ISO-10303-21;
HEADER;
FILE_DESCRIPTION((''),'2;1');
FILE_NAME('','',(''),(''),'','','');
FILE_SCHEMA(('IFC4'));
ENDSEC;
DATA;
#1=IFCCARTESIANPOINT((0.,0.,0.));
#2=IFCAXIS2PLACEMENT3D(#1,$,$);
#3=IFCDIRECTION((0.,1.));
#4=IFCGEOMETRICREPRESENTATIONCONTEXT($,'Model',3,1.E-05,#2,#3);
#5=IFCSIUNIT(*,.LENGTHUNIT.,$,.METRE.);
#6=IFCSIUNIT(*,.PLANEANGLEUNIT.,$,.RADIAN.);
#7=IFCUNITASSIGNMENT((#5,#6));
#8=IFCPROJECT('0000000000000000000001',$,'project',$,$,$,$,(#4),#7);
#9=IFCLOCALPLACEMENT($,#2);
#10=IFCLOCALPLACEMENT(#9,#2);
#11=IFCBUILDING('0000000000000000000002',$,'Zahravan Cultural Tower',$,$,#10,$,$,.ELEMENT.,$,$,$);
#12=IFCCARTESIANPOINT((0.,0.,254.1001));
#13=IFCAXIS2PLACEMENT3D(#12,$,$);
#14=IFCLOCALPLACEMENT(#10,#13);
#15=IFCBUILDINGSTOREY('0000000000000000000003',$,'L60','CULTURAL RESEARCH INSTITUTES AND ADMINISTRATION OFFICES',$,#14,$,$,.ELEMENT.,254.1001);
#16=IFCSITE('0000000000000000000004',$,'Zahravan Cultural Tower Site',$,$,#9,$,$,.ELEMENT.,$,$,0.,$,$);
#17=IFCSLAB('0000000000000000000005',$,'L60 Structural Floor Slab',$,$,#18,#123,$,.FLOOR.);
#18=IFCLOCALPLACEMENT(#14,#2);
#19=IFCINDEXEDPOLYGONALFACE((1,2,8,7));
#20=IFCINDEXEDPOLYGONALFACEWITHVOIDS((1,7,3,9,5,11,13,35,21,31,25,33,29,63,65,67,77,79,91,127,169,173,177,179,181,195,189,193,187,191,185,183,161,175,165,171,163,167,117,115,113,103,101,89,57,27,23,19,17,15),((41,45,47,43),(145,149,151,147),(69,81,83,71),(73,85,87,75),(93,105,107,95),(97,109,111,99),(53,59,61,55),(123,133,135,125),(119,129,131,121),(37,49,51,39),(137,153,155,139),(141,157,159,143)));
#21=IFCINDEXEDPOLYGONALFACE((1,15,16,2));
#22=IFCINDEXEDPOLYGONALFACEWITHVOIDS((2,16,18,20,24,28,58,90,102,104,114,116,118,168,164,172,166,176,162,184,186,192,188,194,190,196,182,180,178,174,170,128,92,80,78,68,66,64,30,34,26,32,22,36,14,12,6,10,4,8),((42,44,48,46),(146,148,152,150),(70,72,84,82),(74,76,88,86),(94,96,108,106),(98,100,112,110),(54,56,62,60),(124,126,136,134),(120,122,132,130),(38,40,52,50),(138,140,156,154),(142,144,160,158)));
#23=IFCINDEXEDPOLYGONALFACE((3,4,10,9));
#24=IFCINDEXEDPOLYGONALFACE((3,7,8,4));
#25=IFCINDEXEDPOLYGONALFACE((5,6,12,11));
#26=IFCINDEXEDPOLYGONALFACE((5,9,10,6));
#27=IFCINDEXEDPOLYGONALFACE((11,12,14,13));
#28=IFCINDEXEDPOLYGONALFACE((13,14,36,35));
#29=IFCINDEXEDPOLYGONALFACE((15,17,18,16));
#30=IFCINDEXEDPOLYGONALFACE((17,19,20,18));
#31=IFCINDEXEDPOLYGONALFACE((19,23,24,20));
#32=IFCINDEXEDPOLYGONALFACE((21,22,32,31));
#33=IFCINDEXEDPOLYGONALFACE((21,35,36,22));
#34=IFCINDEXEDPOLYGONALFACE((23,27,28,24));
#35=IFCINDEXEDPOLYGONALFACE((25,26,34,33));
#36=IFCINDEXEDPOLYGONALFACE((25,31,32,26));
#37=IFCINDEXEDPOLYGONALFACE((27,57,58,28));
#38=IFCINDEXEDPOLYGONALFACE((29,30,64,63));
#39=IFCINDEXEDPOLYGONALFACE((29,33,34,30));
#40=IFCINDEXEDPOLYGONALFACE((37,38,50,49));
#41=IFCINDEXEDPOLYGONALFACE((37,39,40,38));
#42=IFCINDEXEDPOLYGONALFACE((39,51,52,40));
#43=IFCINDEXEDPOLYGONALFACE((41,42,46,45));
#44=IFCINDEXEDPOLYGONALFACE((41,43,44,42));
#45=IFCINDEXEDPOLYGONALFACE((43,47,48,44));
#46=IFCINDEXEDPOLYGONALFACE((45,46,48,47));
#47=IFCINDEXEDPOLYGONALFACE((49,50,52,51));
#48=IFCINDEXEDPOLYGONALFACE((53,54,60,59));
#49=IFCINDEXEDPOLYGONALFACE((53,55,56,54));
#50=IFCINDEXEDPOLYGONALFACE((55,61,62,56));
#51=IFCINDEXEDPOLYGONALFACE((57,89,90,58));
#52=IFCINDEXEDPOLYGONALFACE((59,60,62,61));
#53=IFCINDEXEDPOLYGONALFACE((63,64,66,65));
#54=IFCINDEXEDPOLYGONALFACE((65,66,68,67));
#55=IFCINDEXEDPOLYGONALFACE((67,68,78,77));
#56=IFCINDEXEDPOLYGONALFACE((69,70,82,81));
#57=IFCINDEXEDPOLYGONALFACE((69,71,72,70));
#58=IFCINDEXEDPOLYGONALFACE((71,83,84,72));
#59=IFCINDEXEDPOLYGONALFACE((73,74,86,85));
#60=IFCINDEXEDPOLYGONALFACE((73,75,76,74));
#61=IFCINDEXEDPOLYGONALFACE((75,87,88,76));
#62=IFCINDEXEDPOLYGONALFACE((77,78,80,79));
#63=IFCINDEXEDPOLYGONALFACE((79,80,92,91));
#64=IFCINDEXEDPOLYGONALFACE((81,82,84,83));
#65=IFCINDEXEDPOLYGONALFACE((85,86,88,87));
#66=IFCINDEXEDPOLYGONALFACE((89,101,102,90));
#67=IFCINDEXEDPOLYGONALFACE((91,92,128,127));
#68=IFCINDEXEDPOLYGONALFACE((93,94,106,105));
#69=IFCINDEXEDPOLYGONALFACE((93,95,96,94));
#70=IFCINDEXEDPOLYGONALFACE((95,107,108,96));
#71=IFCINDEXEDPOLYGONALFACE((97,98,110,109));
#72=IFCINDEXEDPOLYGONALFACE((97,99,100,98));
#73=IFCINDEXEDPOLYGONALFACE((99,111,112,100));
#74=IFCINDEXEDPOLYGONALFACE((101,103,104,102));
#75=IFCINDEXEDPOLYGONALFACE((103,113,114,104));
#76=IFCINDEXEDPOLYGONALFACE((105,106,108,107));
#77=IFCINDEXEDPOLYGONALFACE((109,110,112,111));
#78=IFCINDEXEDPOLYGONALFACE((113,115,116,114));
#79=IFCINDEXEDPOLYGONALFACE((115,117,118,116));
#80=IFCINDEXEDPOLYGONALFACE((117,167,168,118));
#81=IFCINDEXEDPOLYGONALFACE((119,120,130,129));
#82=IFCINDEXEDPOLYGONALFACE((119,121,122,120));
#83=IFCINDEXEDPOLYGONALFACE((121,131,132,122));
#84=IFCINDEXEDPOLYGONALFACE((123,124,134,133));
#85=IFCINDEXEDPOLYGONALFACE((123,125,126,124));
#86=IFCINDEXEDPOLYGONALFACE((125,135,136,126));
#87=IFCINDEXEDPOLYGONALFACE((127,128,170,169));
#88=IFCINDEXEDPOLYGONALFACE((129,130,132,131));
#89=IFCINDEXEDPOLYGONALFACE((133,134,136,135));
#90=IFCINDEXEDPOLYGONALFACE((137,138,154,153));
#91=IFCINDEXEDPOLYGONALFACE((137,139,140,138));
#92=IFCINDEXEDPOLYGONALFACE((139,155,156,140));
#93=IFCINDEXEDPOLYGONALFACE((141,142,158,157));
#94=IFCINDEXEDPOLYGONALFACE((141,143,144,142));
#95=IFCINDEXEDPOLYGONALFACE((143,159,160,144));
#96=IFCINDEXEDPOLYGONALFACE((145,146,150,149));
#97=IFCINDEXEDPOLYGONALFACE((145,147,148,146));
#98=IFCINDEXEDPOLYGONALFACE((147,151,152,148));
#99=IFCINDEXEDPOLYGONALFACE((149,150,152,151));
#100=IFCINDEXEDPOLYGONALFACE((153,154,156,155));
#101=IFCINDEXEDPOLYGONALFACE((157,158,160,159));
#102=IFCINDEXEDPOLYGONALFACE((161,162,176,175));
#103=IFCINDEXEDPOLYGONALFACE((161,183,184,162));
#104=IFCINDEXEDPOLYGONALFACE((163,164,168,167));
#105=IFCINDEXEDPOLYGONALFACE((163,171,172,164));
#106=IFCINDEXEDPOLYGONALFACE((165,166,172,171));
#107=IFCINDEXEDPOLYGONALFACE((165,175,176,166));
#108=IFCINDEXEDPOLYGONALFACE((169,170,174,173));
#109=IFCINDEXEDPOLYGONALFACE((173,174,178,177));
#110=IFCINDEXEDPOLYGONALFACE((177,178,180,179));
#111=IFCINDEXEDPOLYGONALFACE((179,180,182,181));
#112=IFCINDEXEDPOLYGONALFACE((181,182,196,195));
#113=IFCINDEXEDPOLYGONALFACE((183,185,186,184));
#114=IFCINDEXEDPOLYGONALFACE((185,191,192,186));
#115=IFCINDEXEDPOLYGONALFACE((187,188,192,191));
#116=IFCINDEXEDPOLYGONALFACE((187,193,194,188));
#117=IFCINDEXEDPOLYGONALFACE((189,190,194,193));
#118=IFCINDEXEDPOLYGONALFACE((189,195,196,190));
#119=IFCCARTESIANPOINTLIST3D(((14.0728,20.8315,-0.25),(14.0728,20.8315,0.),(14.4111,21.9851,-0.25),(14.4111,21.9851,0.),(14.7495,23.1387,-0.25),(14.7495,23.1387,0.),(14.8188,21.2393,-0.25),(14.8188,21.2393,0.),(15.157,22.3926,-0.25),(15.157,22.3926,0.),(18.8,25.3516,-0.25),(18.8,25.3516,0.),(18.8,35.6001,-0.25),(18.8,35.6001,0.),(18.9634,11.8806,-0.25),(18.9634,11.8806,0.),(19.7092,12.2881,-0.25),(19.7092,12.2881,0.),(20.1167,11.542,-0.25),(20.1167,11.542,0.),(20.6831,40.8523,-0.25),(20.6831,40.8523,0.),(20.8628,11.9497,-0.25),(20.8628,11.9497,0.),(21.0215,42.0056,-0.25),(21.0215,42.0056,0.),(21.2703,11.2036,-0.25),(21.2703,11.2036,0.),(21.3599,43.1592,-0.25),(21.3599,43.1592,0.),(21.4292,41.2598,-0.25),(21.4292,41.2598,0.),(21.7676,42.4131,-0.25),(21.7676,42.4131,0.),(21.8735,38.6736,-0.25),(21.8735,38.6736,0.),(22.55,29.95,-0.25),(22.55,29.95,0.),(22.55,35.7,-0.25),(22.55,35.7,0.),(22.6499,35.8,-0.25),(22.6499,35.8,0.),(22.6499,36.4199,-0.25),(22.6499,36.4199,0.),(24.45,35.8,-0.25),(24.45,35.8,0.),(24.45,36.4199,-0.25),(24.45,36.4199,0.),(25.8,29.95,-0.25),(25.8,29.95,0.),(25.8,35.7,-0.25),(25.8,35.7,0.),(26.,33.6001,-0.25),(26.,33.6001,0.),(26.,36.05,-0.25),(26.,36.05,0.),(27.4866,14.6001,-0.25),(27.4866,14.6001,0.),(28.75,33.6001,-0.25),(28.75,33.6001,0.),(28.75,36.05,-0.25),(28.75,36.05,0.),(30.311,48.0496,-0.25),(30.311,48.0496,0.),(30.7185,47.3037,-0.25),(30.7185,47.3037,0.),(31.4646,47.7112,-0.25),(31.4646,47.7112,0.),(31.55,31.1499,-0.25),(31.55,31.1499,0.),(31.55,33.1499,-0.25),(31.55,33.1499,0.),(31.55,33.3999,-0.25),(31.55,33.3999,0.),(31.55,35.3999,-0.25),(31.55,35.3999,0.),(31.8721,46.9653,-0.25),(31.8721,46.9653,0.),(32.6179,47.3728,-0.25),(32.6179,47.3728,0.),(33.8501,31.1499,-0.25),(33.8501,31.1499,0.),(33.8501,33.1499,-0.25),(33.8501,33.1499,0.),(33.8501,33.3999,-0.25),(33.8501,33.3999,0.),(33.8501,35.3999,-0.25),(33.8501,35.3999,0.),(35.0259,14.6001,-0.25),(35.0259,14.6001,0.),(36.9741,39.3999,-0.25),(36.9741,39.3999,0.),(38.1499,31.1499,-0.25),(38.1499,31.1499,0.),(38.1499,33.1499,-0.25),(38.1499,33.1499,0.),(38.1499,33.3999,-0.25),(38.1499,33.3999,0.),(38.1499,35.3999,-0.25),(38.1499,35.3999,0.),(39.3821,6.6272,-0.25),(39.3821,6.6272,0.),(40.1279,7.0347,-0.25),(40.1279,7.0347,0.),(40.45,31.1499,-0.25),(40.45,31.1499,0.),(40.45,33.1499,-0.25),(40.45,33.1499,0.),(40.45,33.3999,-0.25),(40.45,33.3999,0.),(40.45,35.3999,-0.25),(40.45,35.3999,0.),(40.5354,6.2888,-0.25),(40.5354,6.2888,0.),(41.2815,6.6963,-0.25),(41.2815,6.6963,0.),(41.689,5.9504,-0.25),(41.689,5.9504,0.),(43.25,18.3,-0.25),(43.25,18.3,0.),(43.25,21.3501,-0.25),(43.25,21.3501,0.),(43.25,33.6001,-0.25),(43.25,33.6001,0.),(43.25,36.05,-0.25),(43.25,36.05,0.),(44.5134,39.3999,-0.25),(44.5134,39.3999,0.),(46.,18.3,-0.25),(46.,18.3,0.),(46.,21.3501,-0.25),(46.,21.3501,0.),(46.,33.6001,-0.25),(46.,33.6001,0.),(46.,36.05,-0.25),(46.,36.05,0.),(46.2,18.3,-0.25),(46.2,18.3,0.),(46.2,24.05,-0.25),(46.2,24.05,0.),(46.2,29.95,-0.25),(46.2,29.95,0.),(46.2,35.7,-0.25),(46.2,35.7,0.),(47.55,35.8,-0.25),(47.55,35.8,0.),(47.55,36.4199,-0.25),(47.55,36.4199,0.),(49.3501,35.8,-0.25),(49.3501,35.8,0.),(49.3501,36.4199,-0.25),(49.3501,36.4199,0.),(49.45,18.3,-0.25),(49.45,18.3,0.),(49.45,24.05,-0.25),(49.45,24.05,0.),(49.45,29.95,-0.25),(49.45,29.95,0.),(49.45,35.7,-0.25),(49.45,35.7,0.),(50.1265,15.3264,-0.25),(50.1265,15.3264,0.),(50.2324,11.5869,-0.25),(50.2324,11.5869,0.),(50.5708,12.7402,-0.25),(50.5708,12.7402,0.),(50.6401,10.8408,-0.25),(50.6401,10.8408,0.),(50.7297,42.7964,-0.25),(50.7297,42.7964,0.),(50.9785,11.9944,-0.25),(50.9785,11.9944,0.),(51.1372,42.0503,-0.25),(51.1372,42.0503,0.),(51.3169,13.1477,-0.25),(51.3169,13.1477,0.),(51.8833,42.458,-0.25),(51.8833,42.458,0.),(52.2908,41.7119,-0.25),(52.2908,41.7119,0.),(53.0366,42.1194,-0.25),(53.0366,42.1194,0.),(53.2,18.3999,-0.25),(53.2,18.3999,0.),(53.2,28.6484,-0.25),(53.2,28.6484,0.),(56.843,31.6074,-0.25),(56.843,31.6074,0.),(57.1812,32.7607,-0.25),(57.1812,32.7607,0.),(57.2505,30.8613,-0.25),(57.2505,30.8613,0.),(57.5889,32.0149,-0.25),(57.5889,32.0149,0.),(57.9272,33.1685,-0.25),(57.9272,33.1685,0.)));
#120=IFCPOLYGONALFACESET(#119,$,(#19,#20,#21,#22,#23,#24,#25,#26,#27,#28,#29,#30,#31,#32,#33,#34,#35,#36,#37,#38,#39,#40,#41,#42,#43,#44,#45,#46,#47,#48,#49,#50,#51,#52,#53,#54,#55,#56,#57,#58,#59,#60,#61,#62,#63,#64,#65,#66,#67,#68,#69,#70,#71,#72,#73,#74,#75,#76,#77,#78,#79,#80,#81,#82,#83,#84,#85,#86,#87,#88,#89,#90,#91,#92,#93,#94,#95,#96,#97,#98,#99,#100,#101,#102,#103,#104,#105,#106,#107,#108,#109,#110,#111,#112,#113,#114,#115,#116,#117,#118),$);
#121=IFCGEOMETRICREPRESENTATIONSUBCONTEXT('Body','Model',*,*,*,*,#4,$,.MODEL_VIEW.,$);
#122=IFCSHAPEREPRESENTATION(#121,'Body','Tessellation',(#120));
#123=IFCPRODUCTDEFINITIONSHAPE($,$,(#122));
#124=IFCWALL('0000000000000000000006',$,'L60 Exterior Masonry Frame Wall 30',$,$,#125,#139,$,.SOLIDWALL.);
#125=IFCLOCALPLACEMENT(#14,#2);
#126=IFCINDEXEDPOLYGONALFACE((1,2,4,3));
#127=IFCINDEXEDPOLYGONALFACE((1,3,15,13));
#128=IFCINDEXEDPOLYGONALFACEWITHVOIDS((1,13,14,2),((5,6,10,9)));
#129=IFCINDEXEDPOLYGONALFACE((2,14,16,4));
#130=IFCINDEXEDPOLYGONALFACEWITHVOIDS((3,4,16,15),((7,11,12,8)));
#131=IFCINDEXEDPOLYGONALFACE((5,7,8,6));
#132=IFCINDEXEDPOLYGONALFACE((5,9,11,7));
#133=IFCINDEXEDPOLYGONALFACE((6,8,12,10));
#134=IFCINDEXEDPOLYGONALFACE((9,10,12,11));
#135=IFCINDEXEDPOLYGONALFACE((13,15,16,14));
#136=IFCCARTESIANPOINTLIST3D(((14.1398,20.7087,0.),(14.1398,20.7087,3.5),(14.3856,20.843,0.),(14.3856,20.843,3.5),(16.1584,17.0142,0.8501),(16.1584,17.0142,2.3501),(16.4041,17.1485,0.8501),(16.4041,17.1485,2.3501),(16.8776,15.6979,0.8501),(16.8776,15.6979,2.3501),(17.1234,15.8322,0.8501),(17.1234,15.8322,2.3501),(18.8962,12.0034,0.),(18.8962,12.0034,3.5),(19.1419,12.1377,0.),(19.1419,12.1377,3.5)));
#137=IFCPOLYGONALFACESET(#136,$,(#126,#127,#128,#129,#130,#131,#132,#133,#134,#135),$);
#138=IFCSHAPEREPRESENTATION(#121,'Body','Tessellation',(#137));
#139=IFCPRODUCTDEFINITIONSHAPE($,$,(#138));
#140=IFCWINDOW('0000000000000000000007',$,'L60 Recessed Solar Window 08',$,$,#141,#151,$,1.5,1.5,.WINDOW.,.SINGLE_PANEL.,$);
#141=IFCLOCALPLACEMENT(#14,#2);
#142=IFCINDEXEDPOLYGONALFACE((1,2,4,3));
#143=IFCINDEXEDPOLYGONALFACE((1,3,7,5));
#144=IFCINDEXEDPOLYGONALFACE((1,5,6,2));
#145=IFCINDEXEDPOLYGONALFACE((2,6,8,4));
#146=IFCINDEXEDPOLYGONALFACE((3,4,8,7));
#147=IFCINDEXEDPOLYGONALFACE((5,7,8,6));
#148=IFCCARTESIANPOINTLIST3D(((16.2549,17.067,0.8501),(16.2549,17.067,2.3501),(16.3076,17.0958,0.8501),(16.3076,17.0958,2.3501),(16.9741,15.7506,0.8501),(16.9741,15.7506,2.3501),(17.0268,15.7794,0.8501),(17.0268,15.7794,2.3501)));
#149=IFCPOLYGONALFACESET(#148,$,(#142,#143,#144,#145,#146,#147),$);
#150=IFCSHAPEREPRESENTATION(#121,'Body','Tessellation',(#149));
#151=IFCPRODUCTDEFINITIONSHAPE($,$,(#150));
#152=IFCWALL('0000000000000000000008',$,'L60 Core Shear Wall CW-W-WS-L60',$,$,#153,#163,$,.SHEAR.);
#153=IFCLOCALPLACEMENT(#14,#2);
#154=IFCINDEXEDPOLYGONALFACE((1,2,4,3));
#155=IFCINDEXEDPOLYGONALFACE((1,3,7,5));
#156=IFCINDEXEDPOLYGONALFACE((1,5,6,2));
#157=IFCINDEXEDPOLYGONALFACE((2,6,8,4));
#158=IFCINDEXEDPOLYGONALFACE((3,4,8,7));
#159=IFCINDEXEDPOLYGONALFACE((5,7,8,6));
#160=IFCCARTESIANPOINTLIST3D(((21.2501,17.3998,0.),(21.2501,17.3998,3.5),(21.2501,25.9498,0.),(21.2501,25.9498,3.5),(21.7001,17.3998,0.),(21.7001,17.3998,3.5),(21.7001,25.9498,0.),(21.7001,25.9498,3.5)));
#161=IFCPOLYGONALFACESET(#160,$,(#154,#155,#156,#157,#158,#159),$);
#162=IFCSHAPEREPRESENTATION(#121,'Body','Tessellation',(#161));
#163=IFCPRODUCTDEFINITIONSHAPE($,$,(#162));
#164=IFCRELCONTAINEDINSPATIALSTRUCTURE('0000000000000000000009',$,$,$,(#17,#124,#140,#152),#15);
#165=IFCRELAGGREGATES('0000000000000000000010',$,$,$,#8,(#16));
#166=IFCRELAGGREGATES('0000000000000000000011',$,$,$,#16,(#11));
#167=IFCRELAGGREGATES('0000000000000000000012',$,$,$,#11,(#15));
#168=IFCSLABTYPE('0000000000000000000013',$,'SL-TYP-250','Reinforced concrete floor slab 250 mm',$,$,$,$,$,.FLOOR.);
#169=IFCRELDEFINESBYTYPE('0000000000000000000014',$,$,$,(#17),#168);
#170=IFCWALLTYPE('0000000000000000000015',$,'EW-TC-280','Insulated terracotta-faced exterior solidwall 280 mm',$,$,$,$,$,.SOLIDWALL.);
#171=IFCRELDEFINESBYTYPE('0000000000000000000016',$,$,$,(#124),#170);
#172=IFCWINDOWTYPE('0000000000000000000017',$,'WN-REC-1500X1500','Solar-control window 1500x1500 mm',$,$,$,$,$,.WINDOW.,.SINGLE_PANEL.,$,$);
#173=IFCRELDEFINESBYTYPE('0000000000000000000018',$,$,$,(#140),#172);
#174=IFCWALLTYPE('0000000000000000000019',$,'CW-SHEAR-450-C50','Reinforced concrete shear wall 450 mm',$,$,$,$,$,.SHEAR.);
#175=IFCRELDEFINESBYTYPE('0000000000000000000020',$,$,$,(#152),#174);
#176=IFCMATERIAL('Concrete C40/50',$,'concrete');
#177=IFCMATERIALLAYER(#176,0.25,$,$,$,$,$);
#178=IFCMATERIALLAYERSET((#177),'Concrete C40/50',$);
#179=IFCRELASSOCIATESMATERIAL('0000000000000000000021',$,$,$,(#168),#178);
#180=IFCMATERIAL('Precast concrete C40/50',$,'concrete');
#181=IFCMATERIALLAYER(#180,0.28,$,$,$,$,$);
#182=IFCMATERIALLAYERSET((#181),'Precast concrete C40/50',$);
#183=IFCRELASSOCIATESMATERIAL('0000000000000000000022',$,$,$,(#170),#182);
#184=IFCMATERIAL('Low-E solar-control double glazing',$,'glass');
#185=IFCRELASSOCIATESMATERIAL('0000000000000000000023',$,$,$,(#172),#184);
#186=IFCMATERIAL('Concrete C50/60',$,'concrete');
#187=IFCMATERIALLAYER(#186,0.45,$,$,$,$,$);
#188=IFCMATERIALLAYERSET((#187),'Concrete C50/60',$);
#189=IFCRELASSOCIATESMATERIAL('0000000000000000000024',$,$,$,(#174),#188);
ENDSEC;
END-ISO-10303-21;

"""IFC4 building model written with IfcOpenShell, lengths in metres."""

from ifc_helpers import new_model, si_unit, direction, frame, frame_2d, origin, place, context, subcontext, project, spatial, polyline, rectangle, outline, extrude, source, transform, mapped, material, layer, layer_set, type_object, element, fill, save


model = new_model("IFC4")

# Units and contexts
model_context = context("Model", 3, precision=1e-05, world=origin(), true_north=direction((0.0, 1.0)))
body_context = subcontext(model_context, "Body", "Model", "MODEL_VIEW")
ifc_project = project(units=[si_unit("LENGTHUNIT", "METRE"), si_unit("PLANEANGLEUNIT", "RADIAN")], contexts=[model_context])

# Site, building, storey
site_placement = place(None, origin())
site = spatial("IfcSite", under=ifc_project, at=site_placement, Name="Zahravan Cultural Tower Site", CompositionType="ELEMENT", RefElevation=0.0)
building_placement = place(site_placement, origin())
building = spatial("IfcBuilding", under=site, at=building_placement, Name="Zahravan Cultural Tower", CompositionType="ELEMENT")
storey_placement = place(building_placement, frame((0.0, 0.0, 254.1001)))
storey = spatial("IfcBuildingStorey", under=building, at=storey_placement, Name="L60", Description="CULTURAL RESEARCH INSTITUTES AND ADMINISTRATION OFFICES", CompositionType="ELEMENT", Elevation=254.1001)

# Shared definitions
ifc_material_1 = material(Name="Concrete C50/60", Category="concrete")

# Slab
ifc_material_2 = material(Name="Concrete C40/50", Category="concrete")
ifc_layer_1 = layer(ifc_material_2, 0.25)
ifc_layer_set_1 = layer_set([ifc_layer_1], Name="Concrete C40/50")
slab_type_1 = type_object("IfcSlabType", Name="SL-TYP-250", Description="Reinforced concrete floor slab 250 mm", PredefinedType="FLOOR", material=ifc_layer_set_1)
slab_1_placement = place(storey_placement, frame((0.0, 0.0, -0.25)))
element("IfcSlab", 1, at=slab_1_placement, inside=storey, type_object=slab_type_1, Name="L60 Structural Floor Slab", PredefinedType="FLOOR", context=body_context, shape_type="SweptSolid", body=[
    extrude(outline(polyline([(44.5134, 39.3999), (36.9741, 39.3999), (32.6179, 47.3728), (31.8721, 46.9653), (31.4646, 47.7112), (30.7185, 47.3037), (30.311, 48.0496), (21.3599, 43.1592), (21.7676, 42.4131), (21.0215, 42.0056), (21.4292, 41.2598), (20.6831, 40.8523), (21.8735, 38.6736), (18.8, 35.6001), (18.8, 25.3516), (14.7495, 23.1387), (15.157, 22.3926), (14.4111, 21.9851), (14.8188, 21.2393), (14.0728, 20.8315), (18.9634, 11.8806), (19.7092, 12.2881), (20.1167, 11.542), (20.8628, 11.9497), (21.2703, 11.2036), (27.4866, 14.6001), (35.0259, 14.6001), (39.3821, 6.6272), (40.1279, 7.0347), (40.5354, 6.2888), (41.2815, 6.6963), (41.689, 5.9504), (50.6401, 10.8408), (50.2324, 11.5869), (50.9785, 11.9944), (50.5708, 12.7402), (51.3169, 13.1477), (50.1265, 15.3264), (53.2, 18.3999), (53.2, 28.6484), (57.2505, 30.8613), (56.843, 31.6074), (57.5889, 32.0149), (57.1812, 32.7607), (57.9272, 33.1685), (53.0366, 42.1194), (52.2908, 41.7119), (51.8833, 42.458), (51.1372, 42.0503), (50.7297, 42.7964), (44.5134, 39.3999)]), holes=[polyline([(22.55, 29.95), (22.55, 35.7), (25.8, 35.7), (25.8, 29.95), (22.55, 29.95)]), polyline([(46.2, 29.95), (46.2, 35.7), (49.45, 35.7), (49.45, 29.95), (46.2, 29.95)]), polyline([(46.2, 18.3), (46.2, 24.05), (49.45, 24.05), (49.45, 18.3), (46.2, 18.3)]), polyline([(26.0, 33.6001), (26.0, 36.05), (28.75, 36.05), (28.75, 33.6001), (26.0, 33.6001)]), polyline([(43.25, 33.6001), (43.25, 36.05), (46.0, 36.05), (46.0, 33.6001), (43.25, 33.6001)]), polyline([(43.25, 18.3), (43.25, 21.3501), (46.0, 21.3501), (46.0, 18.3), (43.25, 18.3)]), polyline([(31.55, 33.3999), (31.55, 35.3999), (33.8501, 35.3999), (33.8501, 33.3999), (31.55, 33.3999)]), polyline([(31.55, 31.1499), (31.55, 33.1499), (33.8501, 33.1499), (33.8501, 31.1499), (31.55, 31.1499)]), polyline([(38.1499, 33.3999), (38.1499, 35.3999), (40.45, 35.3999), (40.45, 33.3999), (38.1499, 33.3999)]), polyline([(38.1499, 31.1499), (38.1499, 33.1499), (40.45, 33.1499), (40.45, 31.1499), (38.1499, 31.1499)]), polyline([(22.6499, 35.8), (22.6499, 36.4199), (24.45, 36.4199), (24.45, 35.8), (22.6499, 35.8)]), polyline([(47.55, 35.8), (47.55, 36.4199), (49.3501, 36.4199), (49.3501, 35.8), (47.55, 35.8)])]), origin(), (0.0, 0.0, 1.0), 0.25),
])

# Wall, opening, window
ifc_material_3 = material(Name="Precast concrete C40/50", Category="concrete")
ifc_layer_2 = layer(ifc_material_3, 0.28)
ifc_layer_set_2 = layer_set([ifc_layer_2], Name="Precast concrete C40/50")
wall_type_1 = type_object("IfcWallType", Name="EW-TC-280", Description="Insulated terracotta-faced exterior solidwall 280 mm", PredefinedType="SOLIDWALL", material=ifc_layer_set_2)
wall_1_placement = place(storey_placement, frame((19.019, 12.0706, 0.0), z_axis=(0.0, 0.0, 1.0), x_axis=(-0.479473, 0.877557, 0.0)))
wall_1 = element("IfcWall", 2, at=wall_1_placement, inside=storey, type_object=wall_type_1, Name="L60 Exterior Masonry Frame Wall 30", PredefinedType="SOLIDWALL", context=body_context, shape_type="SweptSolid", body=[
    extrude(rectangle(XDim=9.9199, YDim=0.28, at=frame_2d((4.96, 0.0))), origin(), (0.0, 0.0, 1.0), 3.5),
])
opening_placement = place(wall_1_placement, frame((4.21, 0.0, 0.8501)))
opening = element("IfcOpeningElement", 3, at=opening_placement, cuts=wall_1, PredefinedType="OPENING", context=body_context, shape_type="SweptSolid", body=[
    extrude(rectangle(XDim=1.5, YDim=1.5, at=frame_2d((0.75, 0.75))), frame((0.0, 0.1499, 0.0), z_axis=(0.0, -1.0, 0.0), x_axis=(1.0, 0.0, 0.0)), (0.0, 0.0, 1.0), 0.3),
])
ifc_material_4 = material(Name="Low-E solar-control double glazing", Category="glass")
window_type = type_object("IfcWindowType", Name="WN-REC-1500X1500", Description="Solar-control window 1500x1500 mm", PartitioningType="SINGLE_PANEL", PredefinedType="WINDOW", material=ifc_material_4)
shared_shape_1 = source(origin(), body_context, "Body", "SweptSolid", [
    extrude(rectangle(XDim=1.5, YDim=1.5, at=frame_2d((0.75, 0.75))), frame((0.0, 0.03, 0.0), z_axis=(0.0, -1.0, 0.0), x_axis=(1.0, 0.0, 0.0)), (0.0, 0.0, 1.0), 0.0601),
])
window_placement = place(opening_placement, origin())
window = element("IfcWindow", 4, at=window_placement, inside=storey, type_object=window_type, Name="L60 Recessed Solar Window 08", OverallHeight=1.5, OverallWidth=1.5, PartitioningType="SINGLE_PANEL", PredefinedType="WINDOW", context=body_context, shape_type="MappedRepresentation", body=[
    mapped(shared_shape_1, transform((0.0, 0.0, 0.0), x_axis=(1.0, 0.0, 0.0), y_axis=(0.0, 1.0, 0.0), z_axis=(0.0, 0.0, 1.0), scale=1.0)),
])
fill(opening, window)

# Wall
ifc_layer_3 = layer(ifc_material_1, 0.45)
ifc_layer_set_3 = layer_set([ifc_layer_3], Name="Concrete C50/60")
wall_type_2 = type_object("IfcWallType", Name="CW-SHEAR-450-C50", Description="Reinforced concrete shear wall 450 mm", PredefinedType="SHEAR", material=ifc_layer_set_3)
shared_shape_2 = source(origin(), body_context, "Body", "SweptSolid", [
    extrude(rectangle(XDim=8.55, YDim=0.45, at=frame_2d((4.2749, 0.0))), origin(), (0.0, 0.0, 1.0), 3.5),
])
wall_2_placement = place(storey_placement, frame((21.4751, 17.3999, 0.0), z_axis=(0.0, 0.0, 1.0), x_axis=(0.0, 1.0, 0.0)))
element("IfcWall", 5, at=wall_2_placement, inside=storey, type_object=wall_type_2, Name="L60 Core Shear Wall CW-W-WS-L60", PredefinedType="SHEAR", context=body_context, shape_type="MappedRepresentation", body=[
    mapped(shared_shape_2, transform((0.0, 0.0, 0.0), x_axis=(1.0, 0.0, 0.0), y_axis=(0.0, 1.0, 0.0), z_axis=(0.0, 0.0, 1.0), scale=1.0)),
])

save(model, "model.ifc")
